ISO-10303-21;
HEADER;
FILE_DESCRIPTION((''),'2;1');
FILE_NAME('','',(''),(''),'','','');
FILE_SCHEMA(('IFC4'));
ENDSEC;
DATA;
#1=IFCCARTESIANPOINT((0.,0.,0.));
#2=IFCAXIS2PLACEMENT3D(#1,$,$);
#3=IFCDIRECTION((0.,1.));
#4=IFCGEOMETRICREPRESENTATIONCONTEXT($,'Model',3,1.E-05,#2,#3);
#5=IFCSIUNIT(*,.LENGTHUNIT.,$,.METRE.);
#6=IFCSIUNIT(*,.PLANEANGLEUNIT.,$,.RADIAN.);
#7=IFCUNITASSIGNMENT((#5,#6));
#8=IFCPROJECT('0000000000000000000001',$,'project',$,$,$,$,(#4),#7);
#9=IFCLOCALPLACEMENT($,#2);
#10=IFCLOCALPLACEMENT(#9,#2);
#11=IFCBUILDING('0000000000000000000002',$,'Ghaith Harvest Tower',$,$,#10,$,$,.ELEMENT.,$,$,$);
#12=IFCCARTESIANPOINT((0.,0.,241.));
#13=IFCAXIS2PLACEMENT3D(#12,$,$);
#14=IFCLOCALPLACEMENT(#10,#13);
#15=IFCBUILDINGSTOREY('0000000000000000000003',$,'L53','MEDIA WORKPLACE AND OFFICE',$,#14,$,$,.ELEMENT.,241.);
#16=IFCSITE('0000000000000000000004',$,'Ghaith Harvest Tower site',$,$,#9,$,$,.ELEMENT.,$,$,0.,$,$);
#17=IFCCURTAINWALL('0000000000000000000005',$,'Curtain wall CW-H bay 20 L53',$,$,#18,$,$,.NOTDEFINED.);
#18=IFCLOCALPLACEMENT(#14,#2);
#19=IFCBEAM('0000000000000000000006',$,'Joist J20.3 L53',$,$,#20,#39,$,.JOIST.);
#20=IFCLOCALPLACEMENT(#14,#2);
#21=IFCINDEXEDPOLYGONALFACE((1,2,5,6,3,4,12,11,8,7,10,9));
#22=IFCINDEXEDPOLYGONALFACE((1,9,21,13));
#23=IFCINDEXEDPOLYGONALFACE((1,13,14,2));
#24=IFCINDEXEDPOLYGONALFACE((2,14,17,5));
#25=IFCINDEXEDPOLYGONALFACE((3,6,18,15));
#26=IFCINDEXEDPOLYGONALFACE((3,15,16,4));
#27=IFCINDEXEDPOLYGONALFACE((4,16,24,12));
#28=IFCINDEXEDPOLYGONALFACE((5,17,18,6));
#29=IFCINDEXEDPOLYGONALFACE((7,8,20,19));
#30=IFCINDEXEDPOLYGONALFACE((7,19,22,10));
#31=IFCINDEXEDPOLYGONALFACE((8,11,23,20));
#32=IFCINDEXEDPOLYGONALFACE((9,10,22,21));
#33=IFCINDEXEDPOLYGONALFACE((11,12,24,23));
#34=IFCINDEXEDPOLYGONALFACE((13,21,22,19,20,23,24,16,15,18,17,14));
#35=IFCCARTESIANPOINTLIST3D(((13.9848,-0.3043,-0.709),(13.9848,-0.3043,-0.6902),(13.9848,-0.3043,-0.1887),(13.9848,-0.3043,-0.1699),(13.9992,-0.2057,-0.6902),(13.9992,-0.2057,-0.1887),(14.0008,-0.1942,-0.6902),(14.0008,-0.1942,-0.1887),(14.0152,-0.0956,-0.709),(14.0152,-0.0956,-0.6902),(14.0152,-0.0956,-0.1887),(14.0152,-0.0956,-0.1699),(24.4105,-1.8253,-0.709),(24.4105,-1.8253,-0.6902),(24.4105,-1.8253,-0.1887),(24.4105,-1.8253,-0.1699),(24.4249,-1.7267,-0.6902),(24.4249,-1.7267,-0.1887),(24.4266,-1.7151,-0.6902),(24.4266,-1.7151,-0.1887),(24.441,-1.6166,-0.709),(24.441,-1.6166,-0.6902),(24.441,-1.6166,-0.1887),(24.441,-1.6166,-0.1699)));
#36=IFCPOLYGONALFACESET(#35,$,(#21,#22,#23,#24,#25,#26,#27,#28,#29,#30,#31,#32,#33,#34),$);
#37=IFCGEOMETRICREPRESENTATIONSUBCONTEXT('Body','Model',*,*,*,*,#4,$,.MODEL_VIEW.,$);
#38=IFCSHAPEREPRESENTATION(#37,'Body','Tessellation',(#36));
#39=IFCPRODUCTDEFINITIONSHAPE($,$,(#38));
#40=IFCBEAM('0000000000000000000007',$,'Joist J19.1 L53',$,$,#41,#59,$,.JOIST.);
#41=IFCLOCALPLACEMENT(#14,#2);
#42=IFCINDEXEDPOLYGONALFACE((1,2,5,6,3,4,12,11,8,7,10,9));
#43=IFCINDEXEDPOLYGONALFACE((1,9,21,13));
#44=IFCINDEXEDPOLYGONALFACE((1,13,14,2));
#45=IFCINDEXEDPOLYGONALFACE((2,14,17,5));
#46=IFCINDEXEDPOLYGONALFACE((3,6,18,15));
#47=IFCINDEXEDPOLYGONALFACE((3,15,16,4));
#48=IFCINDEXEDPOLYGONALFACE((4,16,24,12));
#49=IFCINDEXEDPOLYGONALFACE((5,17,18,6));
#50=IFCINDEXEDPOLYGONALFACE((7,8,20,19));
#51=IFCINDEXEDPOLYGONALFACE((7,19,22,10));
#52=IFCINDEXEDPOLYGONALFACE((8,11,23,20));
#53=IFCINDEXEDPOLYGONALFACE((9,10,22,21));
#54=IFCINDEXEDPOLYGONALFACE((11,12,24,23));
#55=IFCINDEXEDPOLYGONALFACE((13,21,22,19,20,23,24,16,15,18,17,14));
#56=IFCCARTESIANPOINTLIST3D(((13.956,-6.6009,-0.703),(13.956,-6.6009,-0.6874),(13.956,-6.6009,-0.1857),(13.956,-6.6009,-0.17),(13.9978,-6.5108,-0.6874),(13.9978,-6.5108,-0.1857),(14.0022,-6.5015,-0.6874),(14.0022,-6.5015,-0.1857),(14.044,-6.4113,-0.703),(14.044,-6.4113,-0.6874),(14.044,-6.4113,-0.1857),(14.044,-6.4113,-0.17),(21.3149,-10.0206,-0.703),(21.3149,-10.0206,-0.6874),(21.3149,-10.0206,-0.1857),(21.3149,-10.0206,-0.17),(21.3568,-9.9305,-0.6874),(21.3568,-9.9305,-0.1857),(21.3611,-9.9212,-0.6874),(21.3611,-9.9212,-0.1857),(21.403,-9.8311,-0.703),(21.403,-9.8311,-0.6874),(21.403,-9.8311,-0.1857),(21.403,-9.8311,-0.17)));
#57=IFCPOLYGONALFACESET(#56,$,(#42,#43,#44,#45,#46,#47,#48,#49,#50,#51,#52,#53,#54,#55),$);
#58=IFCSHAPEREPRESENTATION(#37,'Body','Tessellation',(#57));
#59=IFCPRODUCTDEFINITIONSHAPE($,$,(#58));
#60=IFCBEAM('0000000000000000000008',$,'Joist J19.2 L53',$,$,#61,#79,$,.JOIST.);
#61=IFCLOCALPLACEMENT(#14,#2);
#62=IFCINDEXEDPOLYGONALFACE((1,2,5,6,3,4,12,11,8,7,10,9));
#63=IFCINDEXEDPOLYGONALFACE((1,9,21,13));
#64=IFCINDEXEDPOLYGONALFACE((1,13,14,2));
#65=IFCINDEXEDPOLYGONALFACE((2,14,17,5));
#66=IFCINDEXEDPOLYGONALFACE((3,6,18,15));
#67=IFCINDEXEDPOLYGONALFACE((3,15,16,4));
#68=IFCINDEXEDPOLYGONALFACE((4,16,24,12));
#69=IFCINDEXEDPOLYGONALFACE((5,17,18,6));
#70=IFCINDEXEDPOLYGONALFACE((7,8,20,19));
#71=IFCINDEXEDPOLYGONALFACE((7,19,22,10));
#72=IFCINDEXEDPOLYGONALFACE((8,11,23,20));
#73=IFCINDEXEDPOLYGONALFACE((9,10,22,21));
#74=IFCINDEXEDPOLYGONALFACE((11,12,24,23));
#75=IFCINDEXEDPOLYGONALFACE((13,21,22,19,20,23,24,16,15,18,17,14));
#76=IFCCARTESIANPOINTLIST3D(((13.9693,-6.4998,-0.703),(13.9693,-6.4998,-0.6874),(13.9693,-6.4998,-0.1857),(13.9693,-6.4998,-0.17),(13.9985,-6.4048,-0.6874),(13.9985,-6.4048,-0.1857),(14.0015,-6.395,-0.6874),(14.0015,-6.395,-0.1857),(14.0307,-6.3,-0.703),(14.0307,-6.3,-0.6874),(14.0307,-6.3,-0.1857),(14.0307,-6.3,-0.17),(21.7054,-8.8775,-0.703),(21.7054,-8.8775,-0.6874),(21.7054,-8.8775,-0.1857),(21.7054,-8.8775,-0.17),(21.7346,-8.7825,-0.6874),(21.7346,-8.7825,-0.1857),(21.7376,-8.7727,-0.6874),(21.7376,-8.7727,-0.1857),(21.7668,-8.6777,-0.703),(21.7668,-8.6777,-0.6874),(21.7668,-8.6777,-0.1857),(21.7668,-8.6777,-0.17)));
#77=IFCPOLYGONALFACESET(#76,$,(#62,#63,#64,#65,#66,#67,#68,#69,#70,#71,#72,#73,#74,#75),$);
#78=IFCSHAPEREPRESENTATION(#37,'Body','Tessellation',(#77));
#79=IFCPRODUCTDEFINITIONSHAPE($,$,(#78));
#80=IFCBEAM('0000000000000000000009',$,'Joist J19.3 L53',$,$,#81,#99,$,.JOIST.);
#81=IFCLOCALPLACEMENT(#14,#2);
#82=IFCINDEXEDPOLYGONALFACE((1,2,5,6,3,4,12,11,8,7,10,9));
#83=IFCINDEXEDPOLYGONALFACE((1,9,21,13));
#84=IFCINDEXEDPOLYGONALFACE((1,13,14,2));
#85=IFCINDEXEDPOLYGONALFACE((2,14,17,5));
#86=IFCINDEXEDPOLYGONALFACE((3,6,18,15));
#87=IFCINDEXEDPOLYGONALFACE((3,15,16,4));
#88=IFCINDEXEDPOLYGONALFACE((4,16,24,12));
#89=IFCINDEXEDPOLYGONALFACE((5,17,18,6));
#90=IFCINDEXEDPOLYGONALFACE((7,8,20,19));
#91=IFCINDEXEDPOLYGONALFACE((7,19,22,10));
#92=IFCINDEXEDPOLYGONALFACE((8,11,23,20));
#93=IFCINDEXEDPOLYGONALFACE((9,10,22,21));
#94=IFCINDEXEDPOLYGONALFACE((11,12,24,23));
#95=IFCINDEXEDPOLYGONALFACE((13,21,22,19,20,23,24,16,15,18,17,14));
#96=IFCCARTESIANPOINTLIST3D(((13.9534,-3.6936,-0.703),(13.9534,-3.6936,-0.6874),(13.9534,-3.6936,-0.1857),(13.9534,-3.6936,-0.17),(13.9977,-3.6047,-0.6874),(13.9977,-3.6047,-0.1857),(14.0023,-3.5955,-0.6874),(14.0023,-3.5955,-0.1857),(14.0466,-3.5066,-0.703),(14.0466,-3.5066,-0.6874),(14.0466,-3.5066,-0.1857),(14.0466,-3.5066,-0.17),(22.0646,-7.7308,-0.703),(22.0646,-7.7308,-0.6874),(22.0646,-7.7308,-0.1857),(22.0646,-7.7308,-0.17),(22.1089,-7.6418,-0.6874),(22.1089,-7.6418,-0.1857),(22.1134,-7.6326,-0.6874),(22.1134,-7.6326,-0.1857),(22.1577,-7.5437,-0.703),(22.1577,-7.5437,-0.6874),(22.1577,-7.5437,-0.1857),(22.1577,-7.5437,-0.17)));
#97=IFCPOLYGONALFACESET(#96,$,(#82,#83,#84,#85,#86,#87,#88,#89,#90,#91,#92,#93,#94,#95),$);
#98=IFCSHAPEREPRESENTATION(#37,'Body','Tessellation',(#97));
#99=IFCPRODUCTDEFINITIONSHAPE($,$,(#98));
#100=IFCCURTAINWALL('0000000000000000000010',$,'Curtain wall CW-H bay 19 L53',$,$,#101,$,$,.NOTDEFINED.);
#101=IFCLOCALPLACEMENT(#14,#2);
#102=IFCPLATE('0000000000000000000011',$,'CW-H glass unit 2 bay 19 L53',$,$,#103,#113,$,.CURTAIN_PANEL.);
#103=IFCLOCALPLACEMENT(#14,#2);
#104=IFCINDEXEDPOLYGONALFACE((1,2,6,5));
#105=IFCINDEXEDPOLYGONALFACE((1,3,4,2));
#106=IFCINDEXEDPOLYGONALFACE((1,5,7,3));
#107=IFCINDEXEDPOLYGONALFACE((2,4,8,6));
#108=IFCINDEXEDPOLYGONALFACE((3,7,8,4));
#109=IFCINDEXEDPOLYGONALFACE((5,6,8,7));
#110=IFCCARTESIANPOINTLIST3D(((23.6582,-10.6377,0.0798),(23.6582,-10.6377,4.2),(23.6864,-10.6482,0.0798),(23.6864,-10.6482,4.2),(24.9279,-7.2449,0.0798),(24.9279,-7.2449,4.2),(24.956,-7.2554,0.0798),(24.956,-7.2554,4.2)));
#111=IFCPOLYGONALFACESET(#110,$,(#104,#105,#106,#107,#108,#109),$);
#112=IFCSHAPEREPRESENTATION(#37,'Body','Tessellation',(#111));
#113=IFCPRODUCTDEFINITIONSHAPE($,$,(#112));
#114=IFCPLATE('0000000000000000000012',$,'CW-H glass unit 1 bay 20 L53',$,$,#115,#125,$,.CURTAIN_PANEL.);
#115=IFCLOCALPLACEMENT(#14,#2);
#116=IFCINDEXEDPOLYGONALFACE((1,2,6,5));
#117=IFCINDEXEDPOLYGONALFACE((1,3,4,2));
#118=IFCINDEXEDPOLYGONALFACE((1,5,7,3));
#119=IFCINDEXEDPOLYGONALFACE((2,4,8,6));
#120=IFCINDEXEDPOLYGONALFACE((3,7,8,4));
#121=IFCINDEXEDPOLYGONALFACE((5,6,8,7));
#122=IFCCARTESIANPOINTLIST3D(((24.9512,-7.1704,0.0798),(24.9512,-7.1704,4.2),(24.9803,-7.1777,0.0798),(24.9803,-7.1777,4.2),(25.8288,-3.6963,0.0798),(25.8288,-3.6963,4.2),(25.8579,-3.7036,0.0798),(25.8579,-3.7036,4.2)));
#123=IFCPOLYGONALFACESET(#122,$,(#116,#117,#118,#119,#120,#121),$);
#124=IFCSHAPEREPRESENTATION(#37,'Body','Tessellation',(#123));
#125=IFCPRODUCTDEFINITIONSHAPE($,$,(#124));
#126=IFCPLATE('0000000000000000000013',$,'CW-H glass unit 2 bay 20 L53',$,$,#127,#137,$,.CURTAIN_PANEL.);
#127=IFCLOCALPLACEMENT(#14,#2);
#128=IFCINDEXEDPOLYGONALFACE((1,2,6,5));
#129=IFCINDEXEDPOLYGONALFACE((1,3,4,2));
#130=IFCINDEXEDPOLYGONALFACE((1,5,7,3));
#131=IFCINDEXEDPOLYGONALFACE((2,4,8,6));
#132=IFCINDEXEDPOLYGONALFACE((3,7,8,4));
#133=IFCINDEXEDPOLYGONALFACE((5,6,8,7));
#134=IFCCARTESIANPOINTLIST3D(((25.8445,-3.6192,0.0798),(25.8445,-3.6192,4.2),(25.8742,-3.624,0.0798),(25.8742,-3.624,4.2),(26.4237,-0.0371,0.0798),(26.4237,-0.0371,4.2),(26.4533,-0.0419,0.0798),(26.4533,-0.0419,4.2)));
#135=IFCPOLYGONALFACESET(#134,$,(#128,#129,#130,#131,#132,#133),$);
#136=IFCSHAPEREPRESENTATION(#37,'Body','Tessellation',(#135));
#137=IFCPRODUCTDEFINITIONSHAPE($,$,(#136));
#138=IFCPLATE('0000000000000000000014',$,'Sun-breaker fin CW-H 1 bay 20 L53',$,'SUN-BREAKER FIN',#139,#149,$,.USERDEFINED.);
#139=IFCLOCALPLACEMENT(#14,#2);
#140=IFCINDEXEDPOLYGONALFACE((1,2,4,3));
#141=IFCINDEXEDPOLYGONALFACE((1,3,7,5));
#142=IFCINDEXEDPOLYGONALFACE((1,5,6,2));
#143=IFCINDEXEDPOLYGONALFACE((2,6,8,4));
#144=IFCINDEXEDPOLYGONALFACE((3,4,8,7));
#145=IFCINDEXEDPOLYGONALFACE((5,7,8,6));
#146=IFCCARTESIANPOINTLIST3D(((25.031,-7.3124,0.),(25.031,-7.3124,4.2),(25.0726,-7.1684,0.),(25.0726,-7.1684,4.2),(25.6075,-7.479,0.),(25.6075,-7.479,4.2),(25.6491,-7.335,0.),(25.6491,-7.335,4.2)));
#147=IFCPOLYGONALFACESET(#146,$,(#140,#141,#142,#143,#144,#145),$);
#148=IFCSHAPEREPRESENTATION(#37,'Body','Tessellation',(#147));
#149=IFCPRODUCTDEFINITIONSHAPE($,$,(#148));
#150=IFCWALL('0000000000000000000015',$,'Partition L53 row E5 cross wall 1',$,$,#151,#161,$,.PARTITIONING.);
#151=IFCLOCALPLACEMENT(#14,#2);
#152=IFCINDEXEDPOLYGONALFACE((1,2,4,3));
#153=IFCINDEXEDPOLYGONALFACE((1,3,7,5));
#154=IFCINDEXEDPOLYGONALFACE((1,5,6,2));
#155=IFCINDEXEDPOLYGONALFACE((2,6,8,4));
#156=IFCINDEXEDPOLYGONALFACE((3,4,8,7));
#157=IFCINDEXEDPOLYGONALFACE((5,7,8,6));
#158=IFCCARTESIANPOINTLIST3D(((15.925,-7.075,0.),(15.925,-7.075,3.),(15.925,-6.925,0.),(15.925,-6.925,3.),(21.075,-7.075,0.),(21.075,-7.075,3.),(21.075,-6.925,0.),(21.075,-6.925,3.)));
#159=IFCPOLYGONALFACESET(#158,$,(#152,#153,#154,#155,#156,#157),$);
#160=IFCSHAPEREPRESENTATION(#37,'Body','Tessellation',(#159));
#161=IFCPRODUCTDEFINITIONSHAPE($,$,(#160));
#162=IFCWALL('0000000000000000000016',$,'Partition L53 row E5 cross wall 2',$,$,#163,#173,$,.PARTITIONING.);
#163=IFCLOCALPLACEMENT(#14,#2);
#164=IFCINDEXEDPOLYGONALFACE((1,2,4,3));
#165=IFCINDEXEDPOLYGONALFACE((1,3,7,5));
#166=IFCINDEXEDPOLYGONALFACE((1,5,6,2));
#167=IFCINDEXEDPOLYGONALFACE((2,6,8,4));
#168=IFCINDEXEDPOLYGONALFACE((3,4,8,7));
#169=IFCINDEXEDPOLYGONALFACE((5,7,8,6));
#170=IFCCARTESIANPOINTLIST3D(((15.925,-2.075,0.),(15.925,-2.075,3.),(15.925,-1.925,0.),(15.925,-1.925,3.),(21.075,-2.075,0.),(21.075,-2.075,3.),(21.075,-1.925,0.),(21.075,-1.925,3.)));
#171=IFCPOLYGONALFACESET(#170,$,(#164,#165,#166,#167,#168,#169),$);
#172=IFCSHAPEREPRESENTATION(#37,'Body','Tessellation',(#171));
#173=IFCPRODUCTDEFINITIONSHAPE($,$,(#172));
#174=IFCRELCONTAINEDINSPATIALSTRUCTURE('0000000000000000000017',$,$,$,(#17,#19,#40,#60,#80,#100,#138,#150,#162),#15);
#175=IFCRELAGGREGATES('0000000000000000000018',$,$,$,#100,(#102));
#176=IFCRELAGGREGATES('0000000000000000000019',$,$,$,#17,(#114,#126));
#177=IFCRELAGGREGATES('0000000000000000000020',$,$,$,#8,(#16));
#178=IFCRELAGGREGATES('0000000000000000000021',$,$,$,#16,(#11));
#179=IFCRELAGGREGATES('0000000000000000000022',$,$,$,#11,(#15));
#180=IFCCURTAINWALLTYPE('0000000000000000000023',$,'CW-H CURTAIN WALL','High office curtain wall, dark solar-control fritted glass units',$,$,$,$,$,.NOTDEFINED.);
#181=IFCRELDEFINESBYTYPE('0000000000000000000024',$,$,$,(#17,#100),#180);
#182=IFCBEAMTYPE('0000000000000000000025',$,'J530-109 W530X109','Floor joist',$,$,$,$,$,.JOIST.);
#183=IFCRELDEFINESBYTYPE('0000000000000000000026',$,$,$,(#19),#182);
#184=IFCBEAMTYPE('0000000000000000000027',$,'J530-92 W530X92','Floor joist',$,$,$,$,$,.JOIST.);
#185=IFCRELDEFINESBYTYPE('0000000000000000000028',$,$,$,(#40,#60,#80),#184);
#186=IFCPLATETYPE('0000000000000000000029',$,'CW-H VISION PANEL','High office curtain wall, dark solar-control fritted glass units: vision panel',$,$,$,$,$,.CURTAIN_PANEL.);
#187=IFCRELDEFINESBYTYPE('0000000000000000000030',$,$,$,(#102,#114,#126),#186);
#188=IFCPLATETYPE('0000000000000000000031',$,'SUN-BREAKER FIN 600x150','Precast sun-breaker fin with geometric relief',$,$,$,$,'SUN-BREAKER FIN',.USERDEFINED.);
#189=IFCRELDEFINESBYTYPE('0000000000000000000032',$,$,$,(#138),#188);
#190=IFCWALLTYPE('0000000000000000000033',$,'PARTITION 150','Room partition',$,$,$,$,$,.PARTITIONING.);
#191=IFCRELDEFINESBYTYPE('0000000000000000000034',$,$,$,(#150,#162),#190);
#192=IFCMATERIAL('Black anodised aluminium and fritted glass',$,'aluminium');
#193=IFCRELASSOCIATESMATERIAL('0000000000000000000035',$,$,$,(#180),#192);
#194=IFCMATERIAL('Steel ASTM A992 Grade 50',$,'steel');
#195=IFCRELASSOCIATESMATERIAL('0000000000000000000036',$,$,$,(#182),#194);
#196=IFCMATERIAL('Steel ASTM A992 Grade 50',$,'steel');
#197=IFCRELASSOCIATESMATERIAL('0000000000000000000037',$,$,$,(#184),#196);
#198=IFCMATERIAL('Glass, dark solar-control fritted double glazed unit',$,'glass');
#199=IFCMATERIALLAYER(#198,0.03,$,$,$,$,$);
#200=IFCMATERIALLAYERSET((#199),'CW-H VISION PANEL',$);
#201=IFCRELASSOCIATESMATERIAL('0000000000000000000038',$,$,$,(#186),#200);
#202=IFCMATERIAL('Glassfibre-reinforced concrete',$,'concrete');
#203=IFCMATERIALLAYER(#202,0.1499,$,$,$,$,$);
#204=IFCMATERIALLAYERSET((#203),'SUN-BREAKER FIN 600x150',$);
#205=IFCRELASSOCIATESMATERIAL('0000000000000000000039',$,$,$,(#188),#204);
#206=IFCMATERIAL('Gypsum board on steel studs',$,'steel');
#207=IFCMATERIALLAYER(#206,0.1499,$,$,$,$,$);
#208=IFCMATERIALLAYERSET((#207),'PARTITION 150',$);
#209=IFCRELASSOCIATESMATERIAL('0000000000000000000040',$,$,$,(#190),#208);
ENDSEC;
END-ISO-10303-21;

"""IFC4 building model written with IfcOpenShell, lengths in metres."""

from ifc_helpers import new_model, si_unit, direction, frame, frame_2d, origin, origin_2d, place, context, subcontext, project, spatial, rectangle, i_section, extrude, material, layer, layer_set, material_profile, profile_set, type_object, element, aggregate, save


model = new_model("IFC4")

# Units and contexts
model_context = context("Model", 3, precision=1e-05, world=origin(), true_north=direction((0.0, 1.0)))
body_context = subcontext(model_context, "Body", "Model", "MODEL_VIEW")
ifc_project = project(units=[si_unit("LENGTHUNIT", "METRE"), si_unit("PLANEANGLEUNIT", "RADIAN")], contexts=[model_context])

# Site, building, storey
site_placement = place(None, origin())
site = spatial("IfcSite", under=ifc_project, at=site_placement, Name="Ghaith Harvest Tower site", CompositionType="ELEMENT", RefElevation=0.0)
building_placement = place(site_placement, origin())
building = spatial("IfcBuilding", under=site, at=building_placement, Name="Ghaith Harvest Tower", CompositionType="ELEMENT")
storey_placement = place(building_placement, frame((0.0, 0.0, 241.0)))
storey = spatial("IfcBuildingStorey", under=building, at=storey_placement, Name="L53", Description="MEDIA WORKPLACE AND OFFICE", CompositionType="ELEMENT", Elevation=241.0)

# Curtain wall
ifc_material_1 = material(Name="Black anodised aluminium and fritted glass", Category="aluminium")
curtain_wall_type = type_object("IfcCurtainWallType", Name="CW-H CURTAIN WALL", Description="High office curtain wall, dark solar-control fritted glass units", PredefinedType="NOTDEFINED", material=ifc_material_1)
curtain_wall_1_placement = place(storey_placement, origin())
curtain_wall_1 = element("IfcCurtainWall", 1, at=curtain_wall_1_placement, inside=storey, type_object=curtain_wall_type, Name="Curtain wall CW-H bay 20 L53", PredefinedType="NOTDEFINED")

# Beams
ifc_material_2 = material(Name="Steel ASTM A992 Grade 50", Category="steel")
ifc_material_profile_1 = material_profile(ifc_material_2, i_section(OverallWidth=0.2109, OverallDepth=0.5391, WebThickness=0.0117, FlangeThickness=0.0188, at=origin_2d()), Name="W530X109")
ifc_profile_set_1 = profile_set([ifc_material_profile_1], Name="Steel ASTM A992 Grade 50")
beam_type_1 = type_object("IfcBeamType", Name="J530-109 W530X109", Description="Floor joist", PredefinedType="JOIST", material=ifc_profile_set_1)
beam_1_placement = place(storey_placement, frame((14.0, -0.2, -0.4395), z_axis=(0.989525, -0.14436, 0.0), x_axis=(0.14436, 0.989525, 0.0)))
element("IfcBeam", 2, at=beam_1_placement, inside=storey, type_object=beam_type_1, Name="Joist J20.3 L53", PredefinedType="JOIST", context=body_context, shape_type="SweptSolid", body=[
    extrude(i_section(OverallWidth=0.2109, OverallDepth=0.5391, WebThickness=0.0117, FlangeThickness=0.0188, at=origin_2d()), origin(), (0.0, 0.0, 1.0), 10.5361),
])
ifc_material_3 = material(Name="Steel ASTM A992 Grade 50", Category="steel")
ifc_material_profile_2 = material_profile(ifc_material_3, i_section(OverallWidth=0.209, OverallDepth=0.533, WebThickness=0.0103, FlangeThickness=0.0156, at=origin_2d()), Name="W530X92")
ifc_profile_set_2 = profile_set([ifc_material_profile_2], Name="Steel ASTM A992 Grade 50")
beam_type_2 = type_object("IfcBeamType", Name="J530-92 W530X92", Description="Floor joist", PredefinedType="JOIST", material=ifc_profile_set_2)
beam_2_placement = place(storey_placement, frame((14.0, -6.5061, -0.4365), z_axis=(0.906865, -0.421421, 0.0), x_axis=(0.421421, 0.906865, 0.0)))
element("IfcBeam", 3, at=beam_2_placement, inside=storey, type_object=beam_type_2, Name="Joist J19.1 L53", PredefinedType="JOIST", context=body_context, shape_type="SweptSolid", body=[
    extrude(i_section(OverallWidth=0.209, OverallDepth=0.533, WebThickness=0.0103, FlangeThickness=0.0156, at=origin_2d()), origin(), (0.0, 0.0, 1.0), 8.1147),
])
beam_3_placement = place(storey_placement, frame((14.0, -6.3999, -0.4365), z_axis=(0.955871, -0.293787, 0.0), x_axis=(0.293787, 0.955871, 0.0)))
element("IfcBeam", 4, at=beam_3_placement, inside=storey, type_object=beam_type_2, Name="Joist J19.2 L53", PredefinedType="JOIST", context=body_context, shape_type="SweptSolid", body=[
    extrude(i_section(OverallWidth=0.209, OverallDepth=0.533, WebThickness=0.0103, FlangeThickness=0.0156, at=origin_2d()), origin(), (0.0, 0.0, 1.0), 8.0933),
])
beam_4_placement = place(storey_placement, frame((14.0, -3.6001, -0.4365), z_axis=(0.895239, -0.445585, 0.0), x_axis=(0.445585, 0.895239, 0.0)))
element("IfcBeam", 5, at=beam_4_placement, inside=storey, type_object=beam_type_2, Name="Joist J19.3 L53", PredefinedType="JOIST", context=body_context, shape_type="SweptSolid", body=[
    extrude(i_section(OverallWidth=0.209, OverallDepth=0.533, WebThickness=0.0103, FlangeThickness=0.0156, at=origin_2d()), origin(), (0.0, 0.0, 1.0), 9.0603),
])

# Curtain wall, plate
curtain_wall_2_placement = place(storey_placement, origin())
curtain_wall_2 = element("IfcCurtainWall", 6, at=curtain_wall_2_placement, inside=storey, type_object=curtain_wall_type, Name="Curtain wall CW-H bay 19 L53", PredefinedType="NOTDEFINED")
ifc_material_4 = material(Name="Glass, dark solar-control fritted double glazed unit", Category="glass")
ifc_layer_1 = layer(ifc_material_4, 0.03)
ifc_layer_set_1 = layer_set([ifc_layer_1], Name="CW-H VISION PANEL")
plate_type_1 = type_object("IfcPlateType", Name="CW-H VISION PANEL", Description="High office curtain wall, dark solar-control fritted glass units: vision panel", PredefinedType="CURTAIN_PANEL", material=ifc_layer_set_1)
plate_1_placement = place(storey_placement, frame((24.3071, -8.9465, 0.0798), z_axis=(0.0, 0.0, 1.0), x_axis=(0.350481, 0.93657, 0.0)))
plate_1 = element("IfcPlate", 7, at=plate_1_placement, type_object=plate_type_1, Name="CW-H glass unit 2 bay 19 L53", PredefinedType="CURTAIN_PANEL", context=body_context, shape_type="SweptSolid", body=[
    extrude(rectangle(XDim=3.6226, YDim=0.03, at=origin_2d()), origin(), (0.0, 0.0, 1.0), 4.1201),
])
aggregate(curtain_wall_2, [plate_1])

# Plates
plate_2_placement = place(storey_placement, frame((25.4045, -5.437, 0.0798), z_axis=(0.0, 0.0, 1.0), x_axis=(0.244926, 0.969542, 0.0)))
plate_2 = element("IfcPlate", 8, at=plate_2_placement, type_object=plate_type_1, Name="CW-H glass unit 1 bay 20 L53", PredefinedType="CURTAIN_PANEL", context=body_context, shape_type="SweptSolid", body=[
    extrude(rectangle(XDim=3.5833, YDim=0.03, at=origin_2d()), origin(), (0.0, 0.0, 1.0), 4.1201),
])
plate_3_placement = place(storey_placement, frame((26.1489, -1.8306, 0.0798), z_axis=(0.0, 0.0, 1.0), x_axis=(0.159601, 0.987182, 0.0)))
plate_3 = element("IfcPlate", 9, at=plate_3_placement, type_object=plate_type_1, Name="CW-H glass unit 2 bay 20 L53", PredefinedType="CURTAIN_PANEL", context=body_context, shape_type="SweptSolid", body=[
    extrude(rectangle(XDim=3.6287, YDim=0.03, at=origin_2d()), origin(), (0.0, 0.0, 1.0), 4.1201),
])
aggregate(curtain_wall_1, [plate_2, plate_3])
ifc_material_5 = material(Name="Glassfibre-reinforced concrete", Category="concrete")
ifc_layer_2 = layer(ifc_material_5, 0.1499)
ifc_layer_set_2 = layer_set([ifc_layer_2], Name="SUN-BREAKER FIN 600x150")
plate_type_2 = type_object("IfcPlateType", Name="SUN-BREAKER FIN 600x150", Description="Precast sun-breaker fin with geometric relief", ElementType="SUN-BREAKER FIN", PredefinedType="USERDEFINED", material=ifc_layer_set_2)
plate_4_placement = place(storey_placement, frame((25.3401, -7.3237, 0.0), z_axis=(0.0, 0.0, 1.0), x_axis=(0.96068, -0.277657, 0.0)))
element("IfcPlate", 10, at=plate_4_placement, inside=storey, type_object=plate_type_2, Name="Sun-breaker fin CW-H 1 bay 20 L53", ObjectType="SUN-BREAKER FIN", PredefinedType="USERDEFINED", context=body_context, shape_type="SweptSolid", body=[
    extrude(rectangle(XDim=0.6001, YDim=0.1499, at=origin_2d()), origin(), (0.0, 0.0, 1.0), 4.2),
])

# Walls
ifc_material_6 = material(Name="Gypsum board on steel studs", Category="steel")
ifc_layer_3 = layer(ifc_material_6, 0.1499)
ifc_layer_set_3 = layer_set([ifc_layer_3], Name="PARTITION 150")
wall_type_1 = type_object("IfcWallType", Name="PARTITION 150", Description="Room partition", PredefinedType="PARTITIONING", material=ifc_layer_set_3)
for number, where, z_axis, x_axis, name in (
    (11, (15.925, -7.0, 0.0), (0.0, 0.0, 1.0), (1.0, 0.0, 0.0), "Partition L53 row E5 cross wall 1"),
    (12, (15.925, -2.0, 0.0), (0.0, 0.0, 1.0), (1.0, 0.0, 0.0), "Partition L53 row E5 cross wall 2"),
):
    element("IfcWall", number, at=place(storey_placement, frame(where, z_axis=z_axis, x_axis=x_axis)), inside=storey, type_object=wall_type_1, Name=name, PredefinedType="PARTITIONING", context=body_context, shape_type="SweptSolid", body=[
        extrude(rectangle(XDim=5.1499, YDim=0.1499, at=frame_2d((2.575, 0.0))), origin(), (0.0, 0.0, 1.0), 3.0),
    ])

save(model, "model.ifc")
